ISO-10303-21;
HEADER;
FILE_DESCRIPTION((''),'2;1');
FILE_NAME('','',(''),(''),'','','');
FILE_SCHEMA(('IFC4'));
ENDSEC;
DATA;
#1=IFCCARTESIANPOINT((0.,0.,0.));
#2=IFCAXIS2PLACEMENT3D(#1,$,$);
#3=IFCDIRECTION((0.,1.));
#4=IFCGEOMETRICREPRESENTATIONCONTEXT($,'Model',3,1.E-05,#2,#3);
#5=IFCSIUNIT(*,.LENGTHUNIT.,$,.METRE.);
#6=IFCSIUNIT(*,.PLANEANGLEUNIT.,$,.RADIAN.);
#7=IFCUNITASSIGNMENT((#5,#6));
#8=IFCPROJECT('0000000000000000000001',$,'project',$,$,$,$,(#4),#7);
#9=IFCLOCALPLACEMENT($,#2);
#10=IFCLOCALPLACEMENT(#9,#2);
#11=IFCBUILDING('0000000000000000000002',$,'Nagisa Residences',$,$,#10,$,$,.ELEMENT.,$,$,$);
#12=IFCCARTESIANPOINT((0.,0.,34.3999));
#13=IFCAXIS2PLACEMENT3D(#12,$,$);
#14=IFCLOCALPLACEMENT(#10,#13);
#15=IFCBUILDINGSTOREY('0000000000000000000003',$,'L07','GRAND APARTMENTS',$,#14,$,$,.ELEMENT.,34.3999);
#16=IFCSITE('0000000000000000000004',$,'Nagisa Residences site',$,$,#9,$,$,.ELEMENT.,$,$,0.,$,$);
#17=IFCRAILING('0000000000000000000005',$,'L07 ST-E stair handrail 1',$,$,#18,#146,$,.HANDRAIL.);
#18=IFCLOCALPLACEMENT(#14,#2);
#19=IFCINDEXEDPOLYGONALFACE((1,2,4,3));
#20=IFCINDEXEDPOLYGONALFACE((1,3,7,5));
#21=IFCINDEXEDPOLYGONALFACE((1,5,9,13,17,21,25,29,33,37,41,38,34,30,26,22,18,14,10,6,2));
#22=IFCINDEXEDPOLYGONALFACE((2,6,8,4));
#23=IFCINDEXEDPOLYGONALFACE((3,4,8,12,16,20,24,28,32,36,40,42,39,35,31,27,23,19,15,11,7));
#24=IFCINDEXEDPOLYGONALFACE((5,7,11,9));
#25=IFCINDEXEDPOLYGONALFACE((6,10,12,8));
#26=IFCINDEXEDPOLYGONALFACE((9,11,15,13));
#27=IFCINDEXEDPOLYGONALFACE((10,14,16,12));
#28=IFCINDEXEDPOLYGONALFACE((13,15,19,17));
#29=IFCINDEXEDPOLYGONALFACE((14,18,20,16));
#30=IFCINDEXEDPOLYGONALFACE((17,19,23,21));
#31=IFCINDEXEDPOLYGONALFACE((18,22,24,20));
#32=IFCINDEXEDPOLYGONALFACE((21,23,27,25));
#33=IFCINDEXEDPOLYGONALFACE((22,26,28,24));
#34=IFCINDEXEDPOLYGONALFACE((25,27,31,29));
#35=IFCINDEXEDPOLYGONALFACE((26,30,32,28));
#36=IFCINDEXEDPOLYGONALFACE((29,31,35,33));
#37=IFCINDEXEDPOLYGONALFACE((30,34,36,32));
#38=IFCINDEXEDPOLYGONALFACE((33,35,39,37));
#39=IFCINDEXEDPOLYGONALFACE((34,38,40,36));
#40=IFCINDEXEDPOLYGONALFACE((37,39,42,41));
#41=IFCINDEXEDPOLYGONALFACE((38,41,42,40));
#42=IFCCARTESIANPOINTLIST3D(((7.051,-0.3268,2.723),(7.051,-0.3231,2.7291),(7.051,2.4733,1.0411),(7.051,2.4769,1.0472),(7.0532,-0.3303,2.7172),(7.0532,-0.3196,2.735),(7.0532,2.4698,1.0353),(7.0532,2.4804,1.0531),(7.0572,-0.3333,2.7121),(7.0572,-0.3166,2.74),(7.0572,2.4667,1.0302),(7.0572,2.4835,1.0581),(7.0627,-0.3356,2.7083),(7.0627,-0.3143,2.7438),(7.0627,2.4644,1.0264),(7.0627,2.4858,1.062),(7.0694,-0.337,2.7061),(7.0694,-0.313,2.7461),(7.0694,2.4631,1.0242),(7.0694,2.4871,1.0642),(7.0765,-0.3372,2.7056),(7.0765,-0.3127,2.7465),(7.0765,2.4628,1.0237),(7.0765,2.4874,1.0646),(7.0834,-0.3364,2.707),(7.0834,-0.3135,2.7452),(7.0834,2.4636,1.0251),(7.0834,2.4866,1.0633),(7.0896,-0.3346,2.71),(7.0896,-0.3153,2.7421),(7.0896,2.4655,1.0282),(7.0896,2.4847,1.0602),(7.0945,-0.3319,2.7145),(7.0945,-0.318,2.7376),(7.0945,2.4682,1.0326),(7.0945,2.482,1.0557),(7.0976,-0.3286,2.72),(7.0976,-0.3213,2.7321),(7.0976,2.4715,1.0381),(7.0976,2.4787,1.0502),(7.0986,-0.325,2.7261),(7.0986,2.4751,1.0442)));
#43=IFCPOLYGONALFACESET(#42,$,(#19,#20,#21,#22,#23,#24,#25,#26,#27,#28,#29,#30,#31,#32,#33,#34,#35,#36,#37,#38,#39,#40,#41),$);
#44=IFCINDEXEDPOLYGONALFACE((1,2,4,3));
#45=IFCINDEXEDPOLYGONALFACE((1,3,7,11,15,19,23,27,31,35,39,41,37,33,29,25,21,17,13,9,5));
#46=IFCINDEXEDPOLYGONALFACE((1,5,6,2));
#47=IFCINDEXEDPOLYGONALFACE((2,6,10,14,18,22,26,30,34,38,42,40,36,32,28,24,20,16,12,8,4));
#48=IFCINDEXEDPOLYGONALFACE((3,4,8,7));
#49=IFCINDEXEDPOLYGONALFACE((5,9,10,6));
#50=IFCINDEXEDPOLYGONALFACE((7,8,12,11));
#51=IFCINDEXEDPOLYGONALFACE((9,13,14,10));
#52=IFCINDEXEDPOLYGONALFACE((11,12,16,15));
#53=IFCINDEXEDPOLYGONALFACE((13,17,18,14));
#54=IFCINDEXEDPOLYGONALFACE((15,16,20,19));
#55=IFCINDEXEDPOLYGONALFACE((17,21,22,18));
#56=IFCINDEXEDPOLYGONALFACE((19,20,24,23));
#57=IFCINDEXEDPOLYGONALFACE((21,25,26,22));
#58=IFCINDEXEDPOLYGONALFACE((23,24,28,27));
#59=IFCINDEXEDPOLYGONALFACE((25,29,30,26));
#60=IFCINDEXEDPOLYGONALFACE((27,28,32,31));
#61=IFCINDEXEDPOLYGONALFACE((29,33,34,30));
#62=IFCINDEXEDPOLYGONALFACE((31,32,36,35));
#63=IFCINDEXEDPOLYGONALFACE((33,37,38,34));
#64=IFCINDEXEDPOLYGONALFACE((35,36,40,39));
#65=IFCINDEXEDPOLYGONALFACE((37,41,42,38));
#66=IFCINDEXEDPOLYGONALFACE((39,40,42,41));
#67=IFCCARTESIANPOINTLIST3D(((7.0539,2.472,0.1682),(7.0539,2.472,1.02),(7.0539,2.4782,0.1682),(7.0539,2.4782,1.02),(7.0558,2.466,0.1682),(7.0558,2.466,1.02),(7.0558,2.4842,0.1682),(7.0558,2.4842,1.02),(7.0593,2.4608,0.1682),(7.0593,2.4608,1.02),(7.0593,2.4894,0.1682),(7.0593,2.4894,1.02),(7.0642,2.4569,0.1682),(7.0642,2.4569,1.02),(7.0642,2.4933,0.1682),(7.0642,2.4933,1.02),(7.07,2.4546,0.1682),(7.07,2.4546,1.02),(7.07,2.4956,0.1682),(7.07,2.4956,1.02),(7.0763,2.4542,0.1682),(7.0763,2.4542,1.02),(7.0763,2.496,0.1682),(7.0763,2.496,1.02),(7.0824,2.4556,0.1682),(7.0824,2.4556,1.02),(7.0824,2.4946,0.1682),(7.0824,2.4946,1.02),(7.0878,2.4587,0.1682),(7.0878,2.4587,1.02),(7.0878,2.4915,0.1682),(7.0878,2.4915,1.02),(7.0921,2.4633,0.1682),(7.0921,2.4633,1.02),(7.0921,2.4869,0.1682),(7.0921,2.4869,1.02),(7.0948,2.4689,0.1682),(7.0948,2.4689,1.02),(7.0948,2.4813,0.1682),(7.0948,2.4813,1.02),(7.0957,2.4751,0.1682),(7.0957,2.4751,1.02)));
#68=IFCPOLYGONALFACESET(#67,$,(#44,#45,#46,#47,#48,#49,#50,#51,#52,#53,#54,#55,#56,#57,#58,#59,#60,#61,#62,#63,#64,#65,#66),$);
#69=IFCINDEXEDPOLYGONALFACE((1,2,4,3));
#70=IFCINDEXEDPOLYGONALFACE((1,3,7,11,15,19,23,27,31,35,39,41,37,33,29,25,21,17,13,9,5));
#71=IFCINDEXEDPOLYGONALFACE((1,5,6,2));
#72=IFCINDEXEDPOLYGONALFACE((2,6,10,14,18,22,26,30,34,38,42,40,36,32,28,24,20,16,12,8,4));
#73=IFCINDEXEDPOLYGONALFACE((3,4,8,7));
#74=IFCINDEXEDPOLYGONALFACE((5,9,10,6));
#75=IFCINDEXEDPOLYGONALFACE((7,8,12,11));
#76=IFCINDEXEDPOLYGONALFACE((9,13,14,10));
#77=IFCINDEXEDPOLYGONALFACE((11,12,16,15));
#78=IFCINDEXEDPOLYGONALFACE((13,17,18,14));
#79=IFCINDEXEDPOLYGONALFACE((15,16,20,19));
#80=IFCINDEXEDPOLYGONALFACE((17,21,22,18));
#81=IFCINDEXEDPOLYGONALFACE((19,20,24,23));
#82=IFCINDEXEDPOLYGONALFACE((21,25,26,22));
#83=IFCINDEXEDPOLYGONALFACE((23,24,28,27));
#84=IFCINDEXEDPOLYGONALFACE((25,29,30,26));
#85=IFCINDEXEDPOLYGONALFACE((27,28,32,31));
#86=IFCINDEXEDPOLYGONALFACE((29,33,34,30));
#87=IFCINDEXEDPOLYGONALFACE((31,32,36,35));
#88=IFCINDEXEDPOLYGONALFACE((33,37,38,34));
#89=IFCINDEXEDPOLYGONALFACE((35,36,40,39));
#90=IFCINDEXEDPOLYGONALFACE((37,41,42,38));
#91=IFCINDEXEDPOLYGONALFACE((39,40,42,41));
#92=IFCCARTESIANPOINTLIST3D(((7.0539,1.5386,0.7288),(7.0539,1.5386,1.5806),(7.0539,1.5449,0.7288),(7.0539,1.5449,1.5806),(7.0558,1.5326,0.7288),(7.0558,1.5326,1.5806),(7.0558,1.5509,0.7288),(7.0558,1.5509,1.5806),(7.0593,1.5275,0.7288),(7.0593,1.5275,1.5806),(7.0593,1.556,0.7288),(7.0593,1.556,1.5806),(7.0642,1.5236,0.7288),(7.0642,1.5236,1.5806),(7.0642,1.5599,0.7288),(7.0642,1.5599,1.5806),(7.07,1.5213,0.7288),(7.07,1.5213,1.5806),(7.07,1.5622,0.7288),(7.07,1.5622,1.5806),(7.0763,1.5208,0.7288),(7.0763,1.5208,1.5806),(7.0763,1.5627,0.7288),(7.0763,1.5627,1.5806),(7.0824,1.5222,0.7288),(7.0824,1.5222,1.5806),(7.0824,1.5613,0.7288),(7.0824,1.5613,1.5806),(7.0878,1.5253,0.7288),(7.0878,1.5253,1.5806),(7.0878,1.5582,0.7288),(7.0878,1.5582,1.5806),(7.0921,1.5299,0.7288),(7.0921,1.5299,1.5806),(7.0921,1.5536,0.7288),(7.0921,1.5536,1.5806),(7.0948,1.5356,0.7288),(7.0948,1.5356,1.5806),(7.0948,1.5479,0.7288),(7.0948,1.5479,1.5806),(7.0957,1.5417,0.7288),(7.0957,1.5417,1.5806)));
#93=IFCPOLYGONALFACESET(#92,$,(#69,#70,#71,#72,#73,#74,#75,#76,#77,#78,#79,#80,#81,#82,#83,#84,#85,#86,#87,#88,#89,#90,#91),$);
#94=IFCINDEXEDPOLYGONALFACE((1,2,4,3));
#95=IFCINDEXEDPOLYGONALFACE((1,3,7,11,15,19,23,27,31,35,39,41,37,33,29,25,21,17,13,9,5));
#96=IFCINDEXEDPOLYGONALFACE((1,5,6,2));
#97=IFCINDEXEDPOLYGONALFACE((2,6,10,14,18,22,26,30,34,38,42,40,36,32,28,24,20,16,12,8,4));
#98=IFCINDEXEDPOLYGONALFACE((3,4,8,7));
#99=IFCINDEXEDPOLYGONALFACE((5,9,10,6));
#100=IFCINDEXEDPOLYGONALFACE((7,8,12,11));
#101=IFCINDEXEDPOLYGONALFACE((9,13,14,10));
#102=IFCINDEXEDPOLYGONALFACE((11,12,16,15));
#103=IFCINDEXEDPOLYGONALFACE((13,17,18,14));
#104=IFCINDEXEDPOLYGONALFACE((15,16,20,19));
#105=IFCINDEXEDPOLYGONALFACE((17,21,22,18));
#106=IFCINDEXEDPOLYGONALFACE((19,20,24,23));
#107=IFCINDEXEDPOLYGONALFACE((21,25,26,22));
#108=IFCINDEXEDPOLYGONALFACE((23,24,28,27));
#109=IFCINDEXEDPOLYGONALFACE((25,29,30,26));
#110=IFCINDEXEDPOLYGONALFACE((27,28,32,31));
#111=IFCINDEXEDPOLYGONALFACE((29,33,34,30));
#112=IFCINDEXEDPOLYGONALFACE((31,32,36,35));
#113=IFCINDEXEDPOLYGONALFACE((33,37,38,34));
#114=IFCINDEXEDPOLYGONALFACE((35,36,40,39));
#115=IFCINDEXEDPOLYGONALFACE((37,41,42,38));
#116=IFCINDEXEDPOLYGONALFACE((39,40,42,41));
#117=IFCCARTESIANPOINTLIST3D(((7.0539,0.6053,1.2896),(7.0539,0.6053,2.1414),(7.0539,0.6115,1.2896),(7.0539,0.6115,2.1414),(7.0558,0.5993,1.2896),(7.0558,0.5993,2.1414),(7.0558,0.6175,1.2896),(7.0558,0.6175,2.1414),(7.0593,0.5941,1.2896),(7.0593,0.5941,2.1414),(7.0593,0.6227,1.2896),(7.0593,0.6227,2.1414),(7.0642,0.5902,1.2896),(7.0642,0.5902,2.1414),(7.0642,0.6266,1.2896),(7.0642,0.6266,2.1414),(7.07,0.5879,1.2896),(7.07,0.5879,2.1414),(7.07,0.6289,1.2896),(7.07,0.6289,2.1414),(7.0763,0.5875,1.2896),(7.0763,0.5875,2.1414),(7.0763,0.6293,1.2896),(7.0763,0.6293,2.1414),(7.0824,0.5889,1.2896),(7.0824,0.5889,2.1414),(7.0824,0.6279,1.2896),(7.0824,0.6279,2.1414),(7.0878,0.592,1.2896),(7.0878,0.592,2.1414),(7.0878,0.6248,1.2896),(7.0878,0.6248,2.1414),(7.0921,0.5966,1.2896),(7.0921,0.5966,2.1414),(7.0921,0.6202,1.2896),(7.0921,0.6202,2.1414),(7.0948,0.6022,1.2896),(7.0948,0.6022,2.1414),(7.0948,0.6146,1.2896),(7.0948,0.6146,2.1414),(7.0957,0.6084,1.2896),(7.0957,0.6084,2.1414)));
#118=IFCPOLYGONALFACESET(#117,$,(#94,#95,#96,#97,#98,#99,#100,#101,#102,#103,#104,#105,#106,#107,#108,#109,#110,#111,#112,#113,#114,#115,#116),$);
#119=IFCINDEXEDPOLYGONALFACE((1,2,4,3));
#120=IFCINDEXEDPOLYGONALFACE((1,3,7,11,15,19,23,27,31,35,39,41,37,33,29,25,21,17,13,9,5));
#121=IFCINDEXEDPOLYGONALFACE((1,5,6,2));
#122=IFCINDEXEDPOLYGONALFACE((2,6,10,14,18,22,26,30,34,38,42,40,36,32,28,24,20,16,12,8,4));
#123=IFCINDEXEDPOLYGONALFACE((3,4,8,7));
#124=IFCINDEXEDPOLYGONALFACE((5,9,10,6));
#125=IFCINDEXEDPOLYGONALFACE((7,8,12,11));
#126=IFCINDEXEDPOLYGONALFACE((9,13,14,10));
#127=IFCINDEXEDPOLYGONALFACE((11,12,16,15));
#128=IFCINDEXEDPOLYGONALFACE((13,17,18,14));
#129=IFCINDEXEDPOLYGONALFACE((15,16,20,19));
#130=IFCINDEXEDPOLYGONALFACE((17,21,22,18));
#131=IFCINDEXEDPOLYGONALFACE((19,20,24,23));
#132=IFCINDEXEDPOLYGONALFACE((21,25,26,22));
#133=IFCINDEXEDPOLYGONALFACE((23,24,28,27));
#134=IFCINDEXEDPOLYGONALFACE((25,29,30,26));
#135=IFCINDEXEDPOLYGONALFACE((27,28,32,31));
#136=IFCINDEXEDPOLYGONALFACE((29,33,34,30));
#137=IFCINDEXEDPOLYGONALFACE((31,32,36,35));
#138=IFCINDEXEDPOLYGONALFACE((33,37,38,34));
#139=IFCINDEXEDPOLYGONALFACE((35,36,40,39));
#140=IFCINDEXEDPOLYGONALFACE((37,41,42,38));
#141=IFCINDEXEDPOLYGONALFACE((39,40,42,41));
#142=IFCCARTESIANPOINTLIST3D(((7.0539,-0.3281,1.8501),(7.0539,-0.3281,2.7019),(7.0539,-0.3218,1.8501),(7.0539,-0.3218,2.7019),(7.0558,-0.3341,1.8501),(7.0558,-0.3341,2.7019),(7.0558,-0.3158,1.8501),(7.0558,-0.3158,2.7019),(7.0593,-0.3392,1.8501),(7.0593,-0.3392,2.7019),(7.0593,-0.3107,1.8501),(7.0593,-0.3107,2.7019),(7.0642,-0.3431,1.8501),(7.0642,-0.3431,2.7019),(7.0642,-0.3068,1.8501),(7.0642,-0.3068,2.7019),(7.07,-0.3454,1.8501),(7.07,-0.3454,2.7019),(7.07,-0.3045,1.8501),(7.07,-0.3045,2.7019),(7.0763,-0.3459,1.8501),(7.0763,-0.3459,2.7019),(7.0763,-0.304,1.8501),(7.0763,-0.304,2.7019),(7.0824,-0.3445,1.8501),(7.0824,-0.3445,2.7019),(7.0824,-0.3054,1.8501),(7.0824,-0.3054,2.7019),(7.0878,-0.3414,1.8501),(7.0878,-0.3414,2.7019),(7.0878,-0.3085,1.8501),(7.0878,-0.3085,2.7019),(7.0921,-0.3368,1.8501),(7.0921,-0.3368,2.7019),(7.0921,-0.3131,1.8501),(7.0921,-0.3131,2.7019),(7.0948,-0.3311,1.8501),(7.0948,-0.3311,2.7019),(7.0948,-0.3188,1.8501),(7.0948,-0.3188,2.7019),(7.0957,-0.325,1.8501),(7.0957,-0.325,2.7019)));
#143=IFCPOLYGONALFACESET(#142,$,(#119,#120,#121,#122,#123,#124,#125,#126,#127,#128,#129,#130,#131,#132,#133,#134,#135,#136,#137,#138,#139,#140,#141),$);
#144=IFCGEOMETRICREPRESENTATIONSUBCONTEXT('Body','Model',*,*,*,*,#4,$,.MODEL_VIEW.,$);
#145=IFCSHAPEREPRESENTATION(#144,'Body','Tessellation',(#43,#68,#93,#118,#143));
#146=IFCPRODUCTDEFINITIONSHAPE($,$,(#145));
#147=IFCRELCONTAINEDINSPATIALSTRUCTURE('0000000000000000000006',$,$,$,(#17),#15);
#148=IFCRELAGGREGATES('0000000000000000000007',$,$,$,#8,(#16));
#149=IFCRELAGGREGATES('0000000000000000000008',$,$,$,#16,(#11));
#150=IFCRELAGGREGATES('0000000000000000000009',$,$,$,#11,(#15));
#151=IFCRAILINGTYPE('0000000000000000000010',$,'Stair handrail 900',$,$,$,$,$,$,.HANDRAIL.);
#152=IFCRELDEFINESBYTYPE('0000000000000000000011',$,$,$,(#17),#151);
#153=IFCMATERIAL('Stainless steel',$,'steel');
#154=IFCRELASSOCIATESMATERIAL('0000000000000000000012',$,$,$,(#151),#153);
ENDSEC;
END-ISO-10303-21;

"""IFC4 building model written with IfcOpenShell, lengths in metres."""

from ifc_helpers import new_model, si_unit, direction, frame, origin, origin_2d, place, context, subcontext, project, spatial, circle, extrude, material, type_object, element, save


model = new_model("IFC4")

# Units and contexts
model_context = context("Model", 3, precision=1e-05, world=origin(), true_north=direction((0.0, 1.0)))
body_context = subcontext(model_context, "Body", "Model", "MODEL_VIEW")
ifc_project = project(units=[si_unit("LENGTHUNIT", "METRE"), si_unit("PLANEANGLEUNIT", "RADIAN")], contexts=[model_context])

# Site, building, storey
site_placement = place(None, origin())
site = spatial("IfcSite", under=ifc_project, at=site_placement, Name="Nagisa Residences site", CompositionType="ELEMENT", RefElevation=0.0)
building_placement = place(site_placement, origin())
building = spatial("IfcBuilding", under=site, at=building_placement, Name="Nagisa Residences", CompositionType="ELEMENT")
storey_placement = place(building_placement, frame((0.0, 0.0, 34.3999)))
storey = spatial("IfcBuildingStorey", under=building, at=storey_placement, Name="L07", Description="GRAND APARTMENTS", CompositionType="ELEMENT", Elevation=34.3999)

# Railing
ifc_material_1 = material(Name="Stainless steel", Category="steel")
railing_type_1 = type_object("IfcRailingType", Name="Stair handrail 900", PredefinedType="HANDRAIL", material=ifc_material_1)
railing_1_placement = place(storey_placement, frame((7.0747, 2.4751, 0.1682)))
element("IfcRailing", 1, at=railing_1_placement, inside=storey, type_object=railing_type_1, Name="L07 ST-E stair handrail 1", PredefinedType="HANDRAIL", context=body_context, shape_type="SweptSolid", body=[
    extrude(circle(Radius=0.0239, at=origin_2d()), frame((0.0, 0.0, 0.876), z_axis=(0.0, -0.857242, 0.514913), x_axis=(1.0, 0.0, 0.0)), (0.0, 0.0, 1.0), 3.2664),
    extrude(circle(Radius=0.021, at=origin_2d()), origin(), (0.0, 0.0, 1.0), 0.8518),
    extrude(circle(Radius=0.021, at=origin_2d()), frame((0.0, -0.9333, 0.5605)), (0.0, 0.0, 1.0), 0.8518),
    extrude(circle(Radius=0.021, at=origin_2d()), frame((0.0, -1.8667, 1.1213)), (0.0, 0.0, 1.0), 0.8518),
    extrude(circle(Radius=0.021, at=origin_2d()), frame((0.0, -2.8, 1.6819)), (0.0, 0.0, 1.0), 0.8518),
])

save(model, "model.ifc")
